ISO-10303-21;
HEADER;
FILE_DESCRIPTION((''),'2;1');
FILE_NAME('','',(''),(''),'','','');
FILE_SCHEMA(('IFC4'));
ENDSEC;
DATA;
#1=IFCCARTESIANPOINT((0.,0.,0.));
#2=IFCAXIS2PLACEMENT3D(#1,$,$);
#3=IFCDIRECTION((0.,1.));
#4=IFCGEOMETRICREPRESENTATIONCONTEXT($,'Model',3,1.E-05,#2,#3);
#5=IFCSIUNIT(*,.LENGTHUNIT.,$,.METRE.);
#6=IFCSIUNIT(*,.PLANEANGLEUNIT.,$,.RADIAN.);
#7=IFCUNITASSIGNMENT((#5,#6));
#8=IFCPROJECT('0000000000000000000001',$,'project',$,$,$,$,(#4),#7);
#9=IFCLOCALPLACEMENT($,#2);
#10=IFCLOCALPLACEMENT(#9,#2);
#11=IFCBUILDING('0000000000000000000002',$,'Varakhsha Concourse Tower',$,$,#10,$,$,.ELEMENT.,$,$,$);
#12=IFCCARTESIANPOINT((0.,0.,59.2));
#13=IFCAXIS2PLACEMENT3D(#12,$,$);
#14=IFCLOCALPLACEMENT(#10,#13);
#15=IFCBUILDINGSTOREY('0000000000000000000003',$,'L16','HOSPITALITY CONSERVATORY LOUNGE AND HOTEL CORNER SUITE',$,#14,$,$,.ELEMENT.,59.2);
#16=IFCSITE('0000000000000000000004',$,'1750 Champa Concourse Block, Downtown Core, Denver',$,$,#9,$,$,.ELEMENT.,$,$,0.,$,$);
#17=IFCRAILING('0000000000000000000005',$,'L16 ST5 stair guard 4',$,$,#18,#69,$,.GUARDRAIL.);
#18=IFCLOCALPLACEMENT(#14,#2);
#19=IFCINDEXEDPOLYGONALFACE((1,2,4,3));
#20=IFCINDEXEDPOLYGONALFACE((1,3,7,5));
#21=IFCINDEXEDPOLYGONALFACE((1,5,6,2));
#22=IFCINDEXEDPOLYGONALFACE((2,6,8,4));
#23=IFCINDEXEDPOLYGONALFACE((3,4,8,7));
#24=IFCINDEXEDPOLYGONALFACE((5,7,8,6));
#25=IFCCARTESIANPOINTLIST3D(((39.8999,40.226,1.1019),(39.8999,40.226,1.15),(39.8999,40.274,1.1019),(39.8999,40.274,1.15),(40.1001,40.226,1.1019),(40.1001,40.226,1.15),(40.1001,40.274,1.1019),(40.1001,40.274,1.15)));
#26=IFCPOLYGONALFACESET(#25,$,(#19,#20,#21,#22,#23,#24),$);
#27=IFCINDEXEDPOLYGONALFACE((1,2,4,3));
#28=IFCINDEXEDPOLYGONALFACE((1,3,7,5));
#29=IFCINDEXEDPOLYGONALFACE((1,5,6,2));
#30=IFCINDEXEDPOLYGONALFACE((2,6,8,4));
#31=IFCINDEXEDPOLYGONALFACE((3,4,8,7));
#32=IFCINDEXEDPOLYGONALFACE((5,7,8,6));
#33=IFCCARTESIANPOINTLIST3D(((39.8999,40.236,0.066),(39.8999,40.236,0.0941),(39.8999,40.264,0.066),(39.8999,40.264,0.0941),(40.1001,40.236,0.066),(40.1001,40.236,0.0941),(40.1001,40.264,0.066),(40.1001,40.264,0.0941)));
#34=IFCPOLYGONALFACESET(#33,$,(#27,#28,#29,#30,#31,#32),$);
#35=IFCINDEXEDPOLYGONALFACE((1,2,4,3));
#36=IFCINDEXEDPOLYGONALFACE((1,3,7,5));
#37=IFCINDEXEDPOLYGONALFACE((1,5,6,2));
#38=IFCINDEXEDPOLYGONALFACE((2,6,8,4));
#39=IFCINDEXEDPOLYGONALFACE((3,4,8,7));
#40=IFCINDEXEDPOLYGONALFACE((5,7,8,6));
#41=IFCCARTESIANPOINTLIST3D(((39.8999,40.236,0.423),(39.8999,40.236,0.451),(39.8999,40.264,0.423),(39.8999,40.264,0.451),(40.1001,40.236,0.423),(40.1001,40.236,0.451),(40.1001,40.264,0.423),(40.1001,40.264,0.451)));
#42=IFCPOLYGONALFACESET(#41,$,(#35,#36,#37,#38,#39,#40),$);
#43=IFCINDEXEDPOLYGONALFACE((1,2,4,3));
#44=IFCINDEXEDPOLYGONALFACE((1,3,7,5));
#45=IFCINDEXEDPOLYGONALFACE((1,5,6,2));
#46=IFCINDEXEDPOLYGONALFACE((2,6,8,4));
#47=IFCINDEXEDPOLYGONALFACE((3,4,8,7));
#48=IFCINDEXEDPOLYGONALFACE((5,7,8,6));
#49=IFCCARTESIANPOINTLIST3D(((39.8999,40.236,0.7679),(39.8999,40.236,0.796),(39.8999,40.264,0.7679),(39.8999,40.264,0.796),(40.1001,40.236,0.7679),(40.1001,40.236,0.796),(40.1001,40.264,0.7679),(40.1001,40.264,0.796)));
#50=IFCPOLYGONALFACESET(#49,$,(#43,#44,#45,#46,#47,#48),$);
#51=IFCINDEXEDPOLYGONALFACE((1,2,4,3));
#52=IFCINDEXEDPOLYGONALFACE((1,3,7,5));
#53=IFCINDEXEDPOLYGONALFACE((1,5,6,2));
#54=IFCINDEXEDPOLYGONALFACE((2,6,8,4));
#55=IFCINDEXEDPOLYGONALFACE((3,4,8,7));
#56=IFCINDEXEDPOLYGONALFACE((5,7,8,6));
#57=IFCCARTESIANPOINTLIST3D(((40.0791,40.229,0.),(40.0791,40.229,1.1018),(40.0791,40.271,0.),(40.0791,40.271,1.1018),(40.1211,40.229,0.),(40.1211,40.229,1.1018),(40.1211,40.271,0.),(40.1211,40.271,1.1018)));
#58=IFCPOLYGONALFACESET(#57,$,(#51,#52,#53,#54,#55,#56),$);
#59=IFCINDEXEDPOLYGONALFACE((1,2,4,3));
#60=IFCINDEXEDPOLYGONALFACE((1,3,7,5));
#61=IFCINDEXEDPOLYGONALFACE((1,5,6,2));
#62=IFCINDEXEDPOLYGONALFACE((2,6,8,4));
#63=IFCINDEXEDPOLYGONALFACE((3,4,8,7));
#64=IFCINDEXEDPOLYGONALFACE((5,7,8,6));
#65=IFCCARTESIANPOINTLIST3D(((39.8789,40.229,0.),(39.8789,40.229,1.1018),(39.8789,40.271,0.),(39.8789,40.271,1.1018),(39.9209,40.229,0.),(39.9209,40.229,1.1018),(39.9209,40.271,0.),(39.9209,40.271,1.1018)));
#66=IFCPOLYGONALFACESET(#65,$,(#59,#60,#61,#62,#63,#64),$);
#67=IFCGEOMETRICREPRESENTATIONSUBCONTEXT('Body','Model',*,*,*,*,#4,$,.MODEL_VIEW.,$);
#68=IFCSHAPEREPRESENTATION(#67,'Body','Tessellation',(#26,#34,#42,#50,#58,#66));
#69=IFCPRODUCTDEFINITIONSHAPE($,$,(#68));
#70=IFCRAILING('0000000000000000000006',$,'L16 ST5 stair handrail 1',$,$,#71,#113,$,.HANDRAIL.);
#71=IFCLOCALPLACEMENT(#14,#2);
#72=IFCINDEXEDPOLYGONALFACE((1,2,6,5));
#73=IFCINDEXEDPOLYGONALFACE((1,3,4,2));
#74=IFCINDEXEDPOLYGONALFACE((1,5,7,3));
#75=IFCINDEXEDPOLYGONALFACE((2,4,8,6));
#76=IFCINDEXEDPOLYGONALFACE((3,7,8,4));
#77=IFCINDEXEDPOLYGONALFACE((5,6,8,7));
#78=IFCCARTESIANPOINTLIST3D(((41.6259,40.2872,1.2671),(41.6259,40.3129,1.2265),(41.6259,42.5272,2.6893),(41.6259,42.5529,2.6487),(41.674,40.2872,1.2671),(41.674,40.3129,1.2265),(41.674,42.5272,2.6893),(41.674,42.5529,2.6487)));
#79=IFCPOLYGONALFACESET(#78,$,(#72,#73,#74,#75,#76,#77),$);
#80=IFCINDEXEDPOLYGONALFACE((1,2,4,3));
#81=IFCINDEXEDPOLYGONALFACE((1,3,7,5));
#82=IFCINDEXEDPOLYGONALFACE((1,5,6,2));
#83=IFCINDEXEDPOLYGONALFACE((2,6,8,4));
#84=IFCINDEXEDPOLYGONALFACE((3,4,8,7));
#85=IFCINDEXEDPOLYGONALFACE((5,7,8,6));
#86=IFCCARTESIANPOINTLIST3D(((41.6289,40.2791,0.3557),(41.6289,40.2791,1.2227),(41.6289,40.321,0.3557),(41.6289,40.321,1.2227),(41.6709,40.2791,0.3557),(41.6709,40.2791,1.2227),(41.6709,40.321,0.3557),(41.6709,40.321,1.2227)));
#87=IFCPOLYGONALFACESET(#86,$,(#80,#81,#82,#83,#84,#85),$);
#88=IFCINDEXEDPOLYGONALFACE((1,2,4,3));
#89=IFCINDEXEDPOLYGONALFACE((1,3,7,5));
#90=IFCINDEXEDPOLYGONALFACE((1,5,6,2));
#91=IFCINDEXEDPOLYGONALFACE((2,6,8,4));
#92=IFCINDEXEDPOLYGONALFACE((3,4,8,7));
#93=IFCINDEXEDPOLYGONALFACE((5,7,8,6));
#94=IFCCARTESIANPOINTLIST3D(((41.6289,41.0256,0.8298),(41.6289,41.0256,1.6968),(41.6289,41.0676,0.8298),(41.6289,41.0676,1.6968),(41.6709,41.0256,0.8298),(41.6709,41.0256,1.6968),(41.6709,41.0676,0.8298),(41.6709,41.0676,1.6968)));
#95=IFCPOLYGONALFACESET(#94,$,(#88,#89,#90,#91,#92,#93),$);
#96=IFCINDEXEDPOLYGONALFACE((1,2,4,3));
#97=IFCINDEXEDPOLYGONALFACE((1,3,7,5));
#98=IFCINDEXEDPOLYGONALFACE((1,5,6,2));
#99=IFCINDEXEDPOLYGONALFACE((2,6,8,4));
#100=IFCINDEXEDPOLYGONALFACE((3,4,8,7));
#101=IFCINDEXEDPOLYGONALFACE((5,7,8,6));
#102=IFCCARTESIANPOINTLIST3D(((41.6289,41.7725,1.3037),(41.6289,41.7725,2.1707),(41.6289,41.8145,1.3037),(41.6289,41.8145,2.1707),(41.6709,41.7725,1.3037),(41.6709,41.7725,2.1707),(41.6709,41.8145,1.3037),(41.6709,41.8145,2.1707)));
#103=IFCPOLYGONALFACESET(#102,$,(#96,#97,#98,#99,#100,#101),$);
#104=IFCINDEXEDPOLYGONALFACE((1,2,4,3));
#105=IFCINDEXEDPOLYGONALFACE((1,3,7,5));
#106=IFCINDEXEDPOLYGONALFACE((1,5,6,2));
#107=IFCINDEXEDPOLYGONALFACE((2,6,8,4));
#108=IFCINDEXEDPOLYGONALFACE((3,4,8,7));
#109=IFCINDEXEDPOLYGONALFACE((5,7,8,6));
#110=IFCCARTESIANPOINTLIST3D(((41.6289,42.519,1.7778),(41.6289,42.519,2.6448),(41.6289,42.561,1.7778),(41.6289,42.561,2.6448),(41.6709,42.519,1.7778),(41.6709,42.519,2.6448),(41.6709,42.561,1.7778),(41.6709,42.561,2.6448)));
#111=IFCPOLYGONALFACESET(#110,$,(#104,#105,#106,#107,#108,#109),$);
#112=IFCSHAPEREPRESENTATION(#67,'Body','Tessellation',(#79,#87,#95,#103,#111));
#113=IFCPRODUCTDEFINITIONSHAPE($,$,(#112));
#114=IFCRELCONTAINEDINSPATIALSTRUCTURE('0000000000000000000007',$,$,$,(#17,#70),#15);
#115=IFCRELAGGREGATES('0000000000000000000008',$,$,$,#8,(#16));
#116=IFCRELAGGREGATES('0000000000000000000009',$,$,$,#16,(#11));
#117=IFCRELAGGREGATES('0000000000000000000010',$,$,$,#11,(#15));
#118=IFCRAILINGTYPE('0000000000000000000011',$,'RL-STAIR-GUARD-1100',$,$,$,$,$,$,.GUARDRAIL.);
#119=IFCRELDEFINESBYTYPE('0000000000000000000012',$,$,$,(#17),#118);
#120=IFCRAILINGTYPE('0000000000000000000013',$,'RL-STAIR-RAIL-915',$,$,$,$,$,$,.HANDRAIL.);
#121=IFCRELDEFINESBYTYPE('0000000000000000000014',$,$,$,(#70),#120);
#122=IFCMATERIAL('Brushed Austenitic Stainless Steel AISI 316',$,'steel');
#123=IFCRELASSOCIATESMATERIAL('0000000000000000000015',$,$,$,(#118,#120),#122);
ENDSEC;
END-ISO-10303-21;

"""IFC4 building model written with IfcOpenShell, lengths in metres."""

from ifc_helpers import new_model, si_unit, direction, frame, origin, origin_2d, place, context, subcontext, project, spatial, rectangle, extrude, material, type_object, element, save


model = new_model("IFC4")

# Units and contexts
model_context = context("Model", 3, precision=1e-05, world=origin(), true_north=direction((0.0, 1.0)))
body_context = subcontext(model_context, "Body", "Model", "MODEL_VIEW")
ifc_project = project(units=[si_unit("LENGTHUNIT", "METRE"), si_unit("PLANEANGLEUNIT", "RADIAN")], contexts=[model_context])

# Site, building, storey
site_placement = place(None, origin())
site = spatial("IfcSite", under=ifc_project, at=site_placement, Name="1750 Champa Concourse Block, Downtown Core, Denver", CompositionType="ELEMENT", RefElevation=0.0)
building_placement = place(site_placement, origin())
building = spatial("IfcBuilding", under=site, at=building_placement, Name="Varakhsha Concourse Tower", CompositionType="ELEMENT")
storey_placement = place(building_placement, frame((0.0, 0.0, 59.2)))
storey = spatial("IfcBuildingStorey", under=building, at=storey_placement, Name="L16", Description="HOSPITALITY CONSERVATORY LOUNGE AND HOTEL CORNER SUITE", CompositionType="ELEMENT", Elevation=59.2)

# Railings
ifc_material_1 = material(Name="Brushed Austenitic Stainless Steel AISI 316", Category="steel")
railing_type_1 = type_object("IfcRailingType", Name="RL-STAIR-GUARD-1100", PredefinedType="GUARDRAIL", material=ifc_material_1)
railing_1_placement = place(storey_placement, frame((40.1001, 40.25, 0.0)))
element("IfcRailing", 1, at=railing_1_placement, inside=storey, type_object=railing_type_1, Name="L16 ST5 stair guard 4", PredefinedType="GUARDRAIL", context=body_context, shape_type="SweptSolid", body=[
    extrude(rectangle(XDim=0.0481, YDim=0.0481, at=origin_2d()), frame((0.0, 0.0, 1.126), z_axis=(-1.0, 0.0, 0.0), x_axis=(0.0, -1.0, 0.0)), (0.0, 0.0, 1.0), 0.2002),
    extrude(rectangle(XDim=0.0281, YDim=0.0281, at=origin_2d()), frame((0.0, 0.0, 0.0801), z_axis=(-1.0, 0.0, 0.0), x_axis=(0.0, -1.0, 0.0)), (0.0, 0.0, 1.0), 0.2002),
    extrude(rectangle(XDim=0.0281, YDim=0.0281, at=origin_2d()), frame((0.0, 0.0, 0.437), z_axis=(-1.0, 0.0, 0.0), x_axis=(0.0, -1.0, 0.0)), (0.0, 0.0, 1.0), 0.2002),
    extrude(rectangle(XDim=0.0281, YDim=0.0281, at=origin_2d()), frame((0.0, 0.0, 0.782), z_axis=(-1.0, 0.0, 0.0), x_axis=(0.0, -1.0, 0.0)), (0.0, 0.0, 1.0), 0.2002),
    extrude(rectangle(XDim=0.042, YDim=0.042, at=origin_2d()), origin(), (0.0, 0.0, 1.0), 1.1018),
    extrude(rectangle(XDim=0.042, YDim=0.042, at=origin_2d()), frame((-0.2002, 0.0, 0.0)), (0.0, 0.0, 1.0), 1.1018),
])
railing_type_2 = type_object("IfcRailingType", Name="RL-STAIR-RAIL-915", PredefinedType="HANDRAIL", material=ifc_material_1)
railing_2_placement = place(storey_placement, frame((41.6499, 40.3, 0.3557)))
element("IfcRailing", 2, at=railing_2_placement, inside=storey, type_object=railing_type_2, Name="L16 ST5 stair handrail 1", PredefinedType="HANDRAIL", context=body_context, shape_type="SweptSolid", body=[
    extrude(rectangle(XDim=0.0481, YDim=0.0481, at=origin_2d()), frame((0.0, 0.0, 0.8911), z_axis=(0.0, 0.844229, 0.535982), x_axis=(-1.0, 0.0, 0.0)), (0.0, 0.0, 1.0), 2.6533),
    extrude(rectangle(XDim=0.042, YDim=0.042, at=origin_2d()), origin(), (0.0, 0.0, 1.0), 0.8669),
    extrude(rectangle(XDim=0.042, YDim=0.042, at=origin_2d()), frame((0.0, 0.7466, 0.4741)), (0.0, 0.0, 1.0), 0.8669),
    extrude(rectangle(XDim=0.042, YDim=0.042, at=origin_2d()), frame((0.0, 1.4934, 0.948)), (0.0, 0.0, 1.0), 0.8669),
    extrude(rectangle(XDim=0.042, YDim=0.042, at=origin_2d()), frame((0.0, 2.24, 1.4221)), (0.0, 0.0, 1.0), 0.8669),
])

save(model, "model.ifc")
